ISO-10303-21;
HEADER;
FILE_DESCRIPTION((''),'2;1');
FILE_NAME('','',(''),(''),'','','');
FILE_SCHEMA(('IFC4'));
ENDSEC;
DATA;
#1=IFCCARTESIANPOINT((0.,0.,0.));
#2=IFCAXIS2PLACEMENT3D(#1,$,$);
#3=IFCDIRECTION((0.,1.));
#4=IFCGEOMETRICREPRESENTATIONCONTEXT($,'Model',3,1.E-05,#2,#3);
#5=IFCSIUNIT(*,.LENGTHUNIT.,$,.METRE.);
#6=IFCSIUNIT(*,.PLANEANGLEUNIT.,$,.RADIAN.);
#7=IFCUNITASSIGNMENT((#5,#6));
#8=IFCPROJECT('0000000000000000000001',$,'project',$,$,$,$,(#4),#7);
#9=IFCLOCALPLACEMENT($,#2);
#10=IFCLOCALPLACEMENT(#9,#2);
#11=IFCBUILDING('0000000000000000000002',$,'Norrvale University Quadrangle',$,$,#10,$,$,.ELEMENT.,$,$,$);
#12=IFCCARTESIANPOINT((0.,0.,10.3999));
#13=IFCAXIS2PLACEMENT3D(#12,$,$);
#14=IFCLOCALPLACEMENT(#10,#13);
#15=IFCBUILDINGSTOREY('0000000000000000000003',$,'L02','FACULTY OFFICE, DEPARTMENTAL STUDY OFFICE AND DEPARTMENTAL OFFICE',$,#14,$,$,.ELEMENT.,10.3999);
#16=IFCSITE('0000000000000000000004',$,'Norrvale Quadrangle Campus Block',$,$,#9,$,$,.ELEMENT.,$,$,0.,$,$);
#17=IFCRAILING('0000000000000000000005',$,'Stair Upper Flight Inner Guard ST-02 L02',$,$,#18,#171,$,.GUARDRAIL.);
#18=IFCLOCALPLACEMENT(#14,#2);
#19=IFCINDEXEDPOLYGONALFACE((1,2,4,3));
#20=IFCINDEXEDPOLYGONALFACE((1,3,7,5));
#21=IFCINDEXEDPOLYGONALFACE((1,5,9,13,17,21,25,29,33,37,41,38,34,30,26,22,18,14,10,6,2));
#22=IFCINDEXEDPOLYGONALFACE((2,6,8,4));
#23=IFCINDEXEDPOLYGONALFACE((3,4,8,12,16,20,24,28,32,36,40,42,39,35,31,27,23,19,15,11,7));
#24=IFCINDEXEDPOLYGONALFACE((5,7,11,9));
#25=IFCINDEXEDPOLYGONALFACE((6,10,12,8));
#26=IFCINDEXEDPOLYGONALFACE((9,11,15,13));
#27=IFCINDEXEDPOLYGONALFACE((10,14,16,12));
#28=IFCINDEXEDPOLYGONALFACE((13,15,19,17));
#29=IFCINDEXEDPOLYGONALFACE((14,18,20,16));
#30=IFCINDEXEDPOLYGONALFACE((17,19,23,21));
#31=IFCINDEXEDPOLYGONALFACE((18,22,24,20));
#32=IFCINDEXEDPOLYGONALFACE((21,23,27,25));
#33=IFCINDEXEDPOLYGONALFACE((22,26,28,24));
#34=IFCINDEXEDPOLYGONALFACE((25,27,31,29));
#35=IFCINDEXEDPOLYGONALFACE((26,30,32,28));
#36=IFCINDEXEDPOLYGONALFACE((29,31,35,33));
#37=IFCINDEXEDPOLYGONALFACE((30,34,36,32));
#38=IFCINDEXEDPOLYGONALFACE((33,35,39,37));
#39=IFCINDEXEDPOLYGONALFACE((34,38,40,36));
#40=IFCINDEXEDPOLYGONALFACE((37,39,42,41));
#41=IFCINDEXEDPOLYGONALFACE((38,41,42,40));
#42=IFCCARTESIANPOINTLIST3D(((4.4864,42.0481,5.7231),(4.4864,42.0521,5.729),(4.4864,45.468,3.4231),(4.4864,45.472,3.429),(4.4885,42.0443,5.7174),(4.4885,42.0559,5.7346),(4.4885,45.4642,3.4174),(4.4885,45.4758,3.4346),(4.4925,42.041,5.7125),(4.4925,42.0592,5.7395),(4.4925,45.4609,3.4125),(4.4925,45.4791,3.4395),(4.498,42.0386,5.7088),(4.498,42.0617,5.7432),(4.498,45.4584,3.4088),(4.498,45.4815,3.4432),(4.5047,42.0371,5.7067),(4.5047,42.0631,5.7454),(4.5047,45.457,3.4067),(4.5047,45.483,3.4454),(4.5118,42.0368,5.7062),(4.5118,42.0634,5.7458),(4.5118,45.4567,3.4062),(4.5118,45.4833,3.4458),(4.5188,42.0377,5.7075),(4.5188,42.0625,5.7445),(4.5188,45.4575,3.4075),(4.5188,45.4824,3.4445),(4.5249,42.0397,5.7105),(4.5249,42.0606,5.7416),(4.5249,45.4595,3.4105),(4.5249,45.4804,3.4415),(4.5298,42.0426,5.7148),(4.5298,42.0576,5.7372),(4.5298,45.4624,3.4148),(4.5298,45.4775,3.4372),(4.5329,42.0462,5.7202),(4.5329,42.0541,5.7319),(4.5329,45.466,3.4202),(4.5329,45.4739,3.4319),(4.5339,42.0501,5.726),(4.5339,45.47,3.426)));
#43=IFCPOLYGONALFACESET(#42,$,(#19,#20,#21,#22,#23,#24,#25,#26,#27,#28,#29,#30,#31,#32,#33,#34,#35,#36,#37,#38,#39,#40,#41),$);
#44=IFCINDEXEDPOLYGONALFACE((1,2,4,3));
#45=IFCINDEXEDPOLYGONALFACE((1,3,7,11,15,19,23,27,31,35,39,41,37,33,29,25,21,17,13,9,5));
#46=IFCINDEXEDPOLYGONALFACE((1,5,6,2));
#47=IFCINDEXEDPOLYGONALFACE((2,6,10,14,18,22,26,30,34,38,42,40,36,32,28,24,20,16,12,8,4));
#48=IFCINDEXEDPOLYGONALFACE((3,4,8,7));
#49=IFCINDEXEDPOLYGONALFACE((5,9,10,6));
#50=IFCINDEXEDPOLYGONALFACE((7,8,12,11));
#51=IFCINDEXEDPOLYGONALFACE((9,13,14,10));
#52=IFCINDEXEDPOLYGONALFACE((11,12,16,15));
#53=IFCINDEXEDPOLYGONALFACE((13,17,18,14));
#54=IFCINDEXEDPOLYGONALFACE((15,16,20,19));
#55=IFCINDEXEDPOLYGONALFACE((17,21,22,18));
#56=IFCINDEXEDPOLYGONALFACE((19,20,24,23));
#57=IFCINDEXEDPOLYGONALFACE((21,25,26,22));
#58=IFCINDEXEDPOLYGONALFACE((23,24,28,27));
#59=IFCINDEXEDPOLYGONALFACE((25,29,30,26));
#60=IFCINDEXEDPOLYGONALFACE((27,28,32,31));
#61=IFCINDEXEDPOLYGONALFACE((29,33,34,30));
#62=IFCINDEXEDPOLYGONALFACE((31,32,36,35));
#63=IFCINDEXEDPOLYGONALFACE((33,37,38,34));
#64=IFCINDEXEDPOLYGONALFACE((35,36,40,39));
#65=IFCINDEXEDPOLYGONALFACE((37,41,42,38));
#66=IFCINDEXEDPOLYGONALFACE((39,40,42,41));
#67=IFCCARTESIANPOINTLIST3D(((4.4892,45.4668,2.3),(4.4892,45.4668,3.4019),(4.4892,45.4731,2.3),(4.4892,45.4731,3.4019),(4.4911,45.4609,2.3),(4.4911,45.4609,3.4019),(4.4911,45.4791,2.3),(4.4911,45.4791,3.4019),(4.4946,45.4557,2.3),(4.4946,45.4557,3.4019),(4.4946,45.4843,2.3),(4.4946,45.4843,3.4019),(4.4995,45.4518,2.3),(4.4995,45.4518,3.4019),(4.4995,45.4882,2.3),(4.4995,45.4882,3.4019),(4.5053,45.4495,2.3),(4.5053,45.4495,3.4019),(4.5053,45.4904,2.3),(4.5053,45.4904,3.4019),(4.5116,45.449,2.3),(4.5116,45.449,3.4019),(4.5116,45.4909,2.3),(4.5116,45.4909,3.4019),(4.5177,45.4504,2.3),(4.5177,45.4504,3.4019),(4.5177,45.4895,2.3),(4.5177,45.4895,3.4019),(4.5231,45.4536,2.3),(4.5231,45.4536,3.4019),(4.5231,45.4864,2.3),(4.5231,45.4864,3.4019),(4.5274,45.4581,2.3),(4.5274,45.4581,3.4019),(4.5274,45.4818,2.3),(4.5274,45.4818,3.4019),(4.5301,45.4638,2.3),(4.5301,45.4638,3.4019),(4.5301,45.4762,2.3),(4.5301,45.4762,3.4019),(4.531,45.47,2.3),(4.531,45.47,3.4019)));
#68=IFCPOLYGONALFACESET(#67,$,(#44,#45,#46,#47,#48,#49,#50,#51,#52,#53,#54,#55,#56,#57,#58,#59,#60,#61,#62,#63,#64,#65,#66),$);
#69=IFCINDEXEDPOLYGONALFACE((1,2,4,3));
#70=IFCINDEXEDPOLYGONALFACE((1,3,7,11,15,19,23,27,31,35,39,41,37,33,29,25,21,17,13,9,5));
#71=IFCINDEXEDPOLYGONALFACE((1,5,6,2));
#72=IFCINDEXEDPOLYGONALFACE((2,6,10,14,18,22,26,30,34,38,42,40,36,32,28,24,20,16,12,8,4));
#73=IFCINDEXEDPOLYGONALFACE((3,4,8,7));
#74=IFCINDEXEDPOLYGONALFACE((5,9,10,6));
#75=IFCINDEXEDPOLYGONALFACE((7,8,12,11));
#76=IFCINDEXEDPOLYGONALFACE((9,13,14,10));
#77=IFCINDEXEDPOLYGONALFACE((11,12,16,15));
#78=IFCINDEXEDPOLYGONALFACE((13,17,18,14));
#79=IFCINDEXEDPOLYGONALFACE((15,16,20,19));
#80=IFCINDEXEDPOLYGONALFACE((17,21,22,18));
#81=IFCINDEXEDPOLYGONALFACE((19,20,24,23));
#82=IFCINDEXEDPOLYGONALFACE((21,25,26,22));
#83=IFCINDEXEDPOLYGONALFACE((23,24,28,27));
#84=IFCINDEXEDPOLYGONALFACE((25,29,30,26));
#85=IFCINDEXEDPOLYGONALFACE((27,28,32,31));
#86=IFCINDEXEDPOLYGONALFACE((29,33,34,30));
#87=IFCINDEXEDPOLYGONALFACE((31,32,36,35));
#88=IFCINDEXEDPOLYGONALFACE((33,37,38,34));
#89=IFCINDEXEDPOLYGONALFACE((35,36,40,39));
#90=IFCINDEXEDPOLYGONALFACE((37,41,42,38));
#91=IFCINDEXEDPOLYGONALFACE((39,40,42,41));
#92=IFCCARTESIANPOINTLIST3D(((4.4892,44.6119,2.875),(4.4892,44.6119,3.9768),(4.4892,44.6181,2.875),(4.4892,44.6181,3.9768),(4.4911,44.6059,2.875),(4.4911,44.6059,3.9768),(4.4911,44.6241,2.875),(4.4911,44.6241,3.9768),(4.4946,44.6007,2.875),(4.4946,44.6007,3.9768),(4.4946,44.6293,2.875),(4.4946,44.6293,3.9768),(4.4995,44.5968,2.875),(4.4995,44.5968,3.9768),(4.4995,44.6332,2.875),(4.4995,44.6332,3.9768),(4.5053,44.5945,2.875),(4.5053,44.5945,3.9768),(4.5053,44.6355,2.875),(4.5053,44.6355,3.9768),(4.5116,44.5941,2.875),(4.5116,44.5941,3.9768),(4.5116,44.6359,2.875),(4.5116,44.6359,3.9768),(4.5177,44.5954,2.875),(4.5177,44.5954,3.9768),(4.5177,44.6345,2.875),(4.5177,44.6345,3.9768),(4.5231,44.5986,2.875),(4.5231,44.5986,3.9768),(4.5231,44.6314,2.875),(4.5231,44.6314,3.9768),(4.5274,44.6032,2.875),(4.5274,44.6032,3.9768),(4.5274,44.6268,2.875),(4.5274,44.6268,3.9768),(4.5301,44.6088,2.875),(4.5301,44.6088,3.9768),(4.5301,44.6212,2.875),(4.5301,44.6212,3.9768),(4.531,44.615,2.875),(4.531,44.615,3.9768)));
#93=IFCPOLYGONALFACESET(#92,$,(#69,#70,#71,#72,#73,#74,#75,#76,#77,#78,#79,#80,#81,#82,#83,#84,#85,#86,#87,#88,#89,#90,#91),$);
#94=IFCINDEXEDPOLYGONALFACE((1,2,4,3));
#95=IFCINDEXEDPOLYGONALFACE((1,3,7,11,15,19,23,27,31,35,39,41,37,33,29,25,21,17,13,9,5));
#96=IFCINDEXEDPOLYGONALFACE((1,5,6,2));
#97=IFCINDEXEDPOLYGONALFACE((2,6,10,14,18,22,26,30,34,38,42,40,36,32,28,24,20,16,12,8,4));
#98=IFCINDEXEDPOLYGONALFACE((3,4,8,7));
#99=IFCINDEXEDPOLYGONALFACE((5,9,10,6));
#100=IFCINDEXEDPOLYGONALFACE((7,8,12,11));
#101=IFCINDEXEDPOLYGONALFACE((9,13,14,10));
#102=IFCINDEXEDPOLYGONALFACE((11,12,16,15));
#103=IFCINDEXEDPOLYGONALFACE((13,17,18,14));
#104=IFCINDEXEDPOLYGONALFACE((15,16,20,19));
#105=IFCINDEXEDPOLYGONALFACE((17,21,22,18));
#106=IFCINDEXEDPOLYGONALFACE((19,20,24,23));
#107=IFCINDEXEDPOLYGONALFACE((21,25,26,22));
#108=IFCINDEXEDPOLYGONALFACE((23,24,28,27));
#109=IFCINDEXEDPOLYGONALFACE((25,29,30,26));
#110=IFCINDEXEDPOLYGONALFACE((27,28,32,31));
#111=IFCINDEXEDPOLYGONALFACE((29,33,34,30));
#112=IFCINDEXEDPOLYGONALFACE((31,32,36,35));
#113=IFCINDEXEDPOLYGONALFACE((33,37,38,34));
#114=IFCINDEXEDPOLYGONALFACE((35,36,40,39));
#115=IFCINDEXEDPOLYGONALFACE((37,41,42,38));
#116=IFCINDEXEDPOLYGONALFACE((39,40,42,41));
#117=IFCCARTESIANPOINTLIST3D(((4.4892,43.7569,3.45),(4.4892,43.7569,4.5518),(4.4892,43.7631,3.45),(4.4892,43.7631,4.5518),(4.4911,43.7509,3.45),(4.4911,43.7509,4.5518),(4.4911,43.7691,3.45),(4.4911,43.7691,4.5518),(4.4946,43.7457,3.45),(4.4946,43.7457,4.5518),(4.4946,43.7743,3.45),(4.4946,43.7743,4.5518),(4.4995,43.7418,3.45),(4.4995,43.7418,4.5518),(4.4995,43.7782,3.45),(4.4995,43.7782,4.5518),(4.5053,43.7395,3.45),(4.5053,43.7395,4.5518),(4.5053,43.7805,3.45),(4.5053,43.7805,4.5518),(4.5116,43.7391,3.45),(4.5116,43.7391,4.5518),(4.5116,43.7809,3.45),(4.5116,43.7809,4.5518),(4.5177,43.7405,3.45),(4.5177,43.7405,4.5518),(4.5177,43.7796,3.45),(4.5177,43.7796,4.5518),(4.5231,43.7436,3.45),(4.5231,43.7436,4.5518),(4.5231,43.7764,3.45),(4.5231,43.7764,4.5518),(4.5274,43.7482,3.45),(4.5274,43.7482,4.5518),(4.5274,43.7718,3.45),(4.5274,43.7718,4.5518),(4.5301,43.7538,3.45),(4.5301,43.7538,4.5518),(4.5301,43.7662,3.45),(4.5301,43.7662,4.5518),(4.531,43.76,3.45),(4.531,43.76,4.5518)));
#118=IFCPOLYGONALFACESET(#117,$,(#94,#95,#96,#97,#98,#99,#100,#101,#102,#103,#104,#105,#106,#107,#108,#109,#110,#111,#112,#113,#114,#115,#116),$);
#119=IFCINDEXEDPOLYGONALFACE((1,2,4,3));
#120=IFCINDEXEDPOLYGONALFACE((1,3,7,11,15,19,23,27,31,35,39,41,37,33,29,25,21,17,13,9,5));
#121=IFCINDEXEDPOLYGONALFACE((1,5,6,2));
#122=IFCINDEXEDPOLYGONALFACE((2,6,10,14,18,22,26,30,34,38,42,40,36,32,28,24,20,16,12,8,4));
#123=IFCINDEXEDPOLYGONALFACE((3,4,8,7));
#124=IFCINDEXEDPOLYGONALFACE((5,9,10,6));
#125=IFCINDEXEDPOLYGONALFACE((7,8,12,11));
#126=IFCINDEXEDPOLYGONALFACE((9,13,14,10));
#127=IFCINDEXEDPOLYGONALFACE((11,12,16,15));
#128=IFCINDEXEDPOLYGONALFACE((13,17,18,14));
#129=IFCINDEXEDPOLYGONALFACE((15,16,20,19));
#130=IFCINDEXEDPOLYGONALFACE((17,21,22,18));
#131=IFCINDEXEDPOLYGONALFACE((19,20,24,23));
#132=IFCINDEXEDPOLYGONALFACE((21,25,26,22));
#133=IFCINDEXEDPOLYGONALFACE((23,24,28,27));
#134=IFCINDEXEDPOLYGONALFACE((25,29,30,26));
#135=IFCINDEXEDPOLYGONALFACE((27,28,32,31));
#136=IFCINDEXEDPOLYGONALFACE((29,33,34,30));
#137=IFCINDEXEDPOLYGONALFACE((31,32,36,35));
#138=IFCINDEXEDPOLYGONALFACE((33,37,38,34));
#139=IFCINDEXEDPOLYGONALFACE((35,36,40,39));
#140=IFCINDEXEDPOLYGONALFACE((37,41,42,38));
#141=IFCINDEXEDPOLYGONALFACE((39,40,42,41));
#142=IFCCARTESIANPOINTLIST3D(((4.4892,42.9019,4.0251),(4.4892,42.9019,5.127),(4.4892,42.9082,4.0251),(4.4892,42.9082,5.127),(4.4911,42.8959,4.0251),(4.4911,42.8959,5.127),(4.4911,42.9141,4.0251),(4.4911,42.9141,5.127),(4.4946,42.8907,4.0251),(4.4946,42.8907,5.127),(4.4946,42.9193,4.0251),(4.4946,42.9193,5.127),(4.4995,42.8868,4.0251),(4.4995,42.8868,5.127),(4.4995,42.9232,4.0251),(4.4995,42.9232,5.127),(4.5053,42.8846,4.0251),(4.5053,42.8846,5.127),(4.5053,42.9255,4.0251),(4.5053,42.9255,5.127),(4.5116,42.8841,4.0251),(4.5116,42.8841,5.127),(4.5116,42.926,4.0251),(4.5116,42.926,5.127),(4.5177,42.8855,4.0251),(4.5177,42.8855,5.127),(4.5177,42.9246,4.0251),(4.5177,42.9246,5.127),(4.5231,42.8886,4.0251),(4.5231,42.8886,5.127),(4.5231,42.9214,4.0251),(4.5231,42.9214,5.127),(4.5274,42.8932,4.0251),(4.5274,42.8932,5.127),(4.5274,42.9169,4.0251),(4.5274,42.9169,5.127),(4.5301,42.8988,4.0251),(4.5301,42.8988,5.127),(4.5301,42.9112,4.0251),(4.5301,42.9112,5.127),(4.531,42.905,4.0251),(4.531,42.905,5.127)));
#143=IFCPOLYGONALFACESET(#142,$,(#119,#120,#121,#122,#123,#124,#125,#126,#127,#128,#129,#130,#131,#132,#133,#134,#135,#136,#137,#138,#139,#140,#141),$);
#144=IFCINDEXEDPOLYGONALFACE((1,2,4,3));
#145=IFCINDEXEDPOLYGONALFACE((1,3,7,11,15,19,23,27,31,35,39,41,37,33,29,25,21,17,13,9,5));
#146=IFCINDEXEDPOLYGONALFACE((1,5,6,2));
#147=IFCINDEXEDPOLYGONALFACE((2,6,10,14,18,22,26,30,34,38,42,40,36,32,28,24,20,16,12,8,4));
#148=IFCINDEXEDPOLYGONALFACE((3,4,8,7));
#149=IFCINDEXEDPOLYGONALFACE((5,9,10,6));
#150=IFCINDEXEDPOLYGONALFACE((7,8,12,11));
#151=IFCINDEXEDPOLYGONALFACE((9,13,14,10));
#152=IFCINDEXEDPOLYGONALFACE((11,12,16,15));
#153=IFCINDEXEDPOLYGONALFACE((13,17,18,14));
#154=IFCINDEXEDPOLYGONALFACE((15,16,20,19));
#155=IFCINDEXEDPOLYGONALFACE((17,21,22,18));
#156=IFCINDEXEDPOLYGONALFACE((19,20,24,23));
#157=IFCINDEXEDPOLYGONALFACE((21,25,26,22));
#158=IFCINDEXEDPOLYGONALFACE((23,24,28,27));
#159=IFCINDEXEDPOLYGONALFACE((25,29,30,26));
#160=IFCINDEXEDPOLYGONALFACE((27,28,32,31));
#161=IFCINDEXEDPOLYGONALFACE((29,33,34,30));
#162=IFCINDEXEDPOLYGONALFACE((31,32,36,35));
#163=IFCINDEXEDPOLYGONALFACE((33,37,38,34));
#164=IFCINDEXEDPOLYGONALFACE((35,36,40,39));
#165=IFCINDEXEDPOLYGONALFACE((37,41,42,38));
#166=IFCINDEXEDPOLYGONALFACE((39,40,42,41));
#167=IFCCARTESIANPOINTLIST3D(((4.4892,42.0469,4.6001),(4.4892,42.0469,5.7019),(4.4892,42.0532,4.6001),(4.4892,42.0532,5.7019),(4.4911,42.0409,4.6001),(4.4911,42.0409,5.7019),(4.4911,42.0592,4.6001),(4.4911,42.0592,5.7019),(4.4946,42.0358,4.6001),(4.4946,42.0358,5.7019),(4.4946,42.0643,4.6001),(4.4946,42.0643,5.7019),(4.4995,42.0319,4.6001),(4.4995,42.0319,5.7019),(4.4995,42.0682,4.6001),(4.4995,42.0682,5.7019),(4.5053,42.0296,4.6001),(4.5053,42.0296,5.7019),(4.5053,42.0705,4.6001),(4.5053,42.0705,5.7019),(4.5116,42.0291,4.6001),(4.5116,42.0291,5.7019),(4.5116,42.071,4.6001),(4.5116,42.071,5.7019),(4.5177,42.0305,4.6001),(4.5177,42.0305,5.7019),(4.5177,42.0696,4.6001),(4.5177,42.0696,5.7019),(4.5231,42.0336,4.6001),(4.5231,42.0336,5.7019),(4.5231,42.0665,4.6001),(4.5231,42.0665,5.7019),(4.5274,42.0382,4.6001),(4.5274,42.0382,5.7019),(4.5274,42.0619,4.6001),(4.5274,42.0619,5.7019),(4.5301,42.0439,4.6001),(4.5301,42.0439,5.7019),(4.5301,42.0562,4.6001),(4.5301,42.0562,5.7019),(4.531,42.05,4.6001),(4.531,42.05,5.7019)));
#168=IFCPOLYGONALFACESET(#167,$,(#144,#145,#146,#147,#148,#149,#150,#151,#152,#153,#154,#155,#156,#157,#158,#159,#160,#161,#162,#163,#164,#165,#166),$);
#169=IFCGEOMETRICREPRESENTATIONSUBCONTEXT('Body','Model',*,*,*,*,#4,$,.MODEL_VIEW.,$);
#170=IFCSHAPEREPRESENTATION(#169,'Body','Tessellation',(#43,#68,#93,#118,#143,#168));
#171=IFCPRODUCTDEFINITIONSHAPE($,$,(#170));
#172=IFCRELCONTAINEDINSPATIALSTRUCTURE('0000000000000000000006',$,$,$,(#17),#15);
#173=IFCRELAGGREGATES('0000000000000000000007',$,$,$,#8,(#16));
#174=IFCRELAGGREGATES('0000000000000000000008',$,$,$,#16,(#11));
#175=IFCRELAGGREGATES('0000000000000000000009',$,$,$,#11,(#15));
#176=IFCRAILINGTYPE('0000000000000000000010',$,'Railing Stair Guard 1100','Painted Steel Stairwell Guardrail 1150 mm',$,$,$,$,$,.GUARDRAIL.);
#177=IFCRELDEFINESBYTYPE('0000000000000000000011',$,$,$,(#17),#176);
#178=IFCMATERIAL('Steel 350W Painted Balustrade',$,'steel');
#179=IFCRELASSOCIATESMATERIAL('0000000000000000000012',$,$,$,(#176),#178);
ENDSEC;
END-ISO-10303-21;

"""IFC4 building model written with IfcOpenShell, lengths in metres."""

from ifc_helpers import new_model, si_unit, direction, frame, origin, origin_2d, place, context, subcontext, project, spatial, circle, extrude, material, type_object, element, save


model = new_model("IFC4")

# Units and contexts
model_context = context("Model", 3, precision=1e-05, world=origin(), true_north=direction((0.0, 1.0)))
body_context = subcontext(model_context, "Body", "Model", "MODEL_VIEW")
ifc_project = project(units=[si_unit("LENGTHUNIT", "METRE"), si_unit("PLANEANGLEUNIT", "RADIAN")], contexts=[model_context])

# Site, building, storey
site_placement = place(None, origin())
site = spatial("IfcSite", under=ifc_project, at=site_placement, Name="Norrvale Quadrangle Campus Block", CompositionType="ELEMENT", RefElevation=0.0)
building_placement = place(site_placement, origin())
building = spatial("IfcBuilding", under=site, at=building_placement, Name="Norrvale University Quadrangle", CompositionType="ELEMENT")
storey_placement = place(building_placement, frame((0.0, 0.0, 10.3999)))
storey = spatial("IfcBuildingStorey", under=building, at=storey_placement, Name="L02", Description="FACULTY OFFICE, DEPARTMENTAL STUDY OFFICE AND DEPARTMENTAL OFFICE", CompositionType="ELEMENT", Elevation=10.3999)

# Railing
ifc_material_1 = material(Name="Steel 350W Painted Balustrade", Category="steel")
railing_type_1 = type_object("IfcRailingType", Name="Railing Stair Guard 1100", Description="Painted Steel Stairwell Guardrail 1150 mm", PredefinedType="GUARDRAIL", material=ifc_material_1)
railing_1_placement = place(storey_placement, frame((4.51, 45.47, 2.3)))
element("IfcRailing", 1, at=railing_1_placement, inside=storey, type_object=railing_type_1, Name="Stair Upper Flight Inner Guard ST-02 L02", PredefinedType="GUARDRAIL", context=body_context, shape_type="SweptSolid", body=[
    extrude(circle(Radius=0.0239, at=origin_2d()), frame((0.0, 0.0, 1.126), z_axis=(0.0, -0.829792, 0.558072), x_axis=(1.0, 0.0, 0.0)), (0.0, 0.0, 1.0), 4.1213),
    extrude(circle(Radius=0.021, at=origin_2d()), origin(), (0.0, 0.0, 1.0), 1.1018),
    extrude(circle(Radius=0.021, at=origin_2d()), frame((0.0, -0.855, 0.575)), (0.0, 0.0, 1.0), 1.1018),
    extrude(circle(Radius=0.021, at=origin_2d()), frame((0.0, -1.71, 1.1499)), (0.0, 0.0, 1.0), 1.1018),
    extrude(circle(Radius=0.021, at=origin_2d()), frame((0.0, -2.5649, 1.7251)), (0.0, 0.0, 1.0), 1.1018),
    extrude(circle(Radius=0.021, at=origin_2d()), frame((0.0, -3.4199, 2.3)), (0.0, 0.0, 1.0), 1.1018),
])

save(model, "model.ifc")
